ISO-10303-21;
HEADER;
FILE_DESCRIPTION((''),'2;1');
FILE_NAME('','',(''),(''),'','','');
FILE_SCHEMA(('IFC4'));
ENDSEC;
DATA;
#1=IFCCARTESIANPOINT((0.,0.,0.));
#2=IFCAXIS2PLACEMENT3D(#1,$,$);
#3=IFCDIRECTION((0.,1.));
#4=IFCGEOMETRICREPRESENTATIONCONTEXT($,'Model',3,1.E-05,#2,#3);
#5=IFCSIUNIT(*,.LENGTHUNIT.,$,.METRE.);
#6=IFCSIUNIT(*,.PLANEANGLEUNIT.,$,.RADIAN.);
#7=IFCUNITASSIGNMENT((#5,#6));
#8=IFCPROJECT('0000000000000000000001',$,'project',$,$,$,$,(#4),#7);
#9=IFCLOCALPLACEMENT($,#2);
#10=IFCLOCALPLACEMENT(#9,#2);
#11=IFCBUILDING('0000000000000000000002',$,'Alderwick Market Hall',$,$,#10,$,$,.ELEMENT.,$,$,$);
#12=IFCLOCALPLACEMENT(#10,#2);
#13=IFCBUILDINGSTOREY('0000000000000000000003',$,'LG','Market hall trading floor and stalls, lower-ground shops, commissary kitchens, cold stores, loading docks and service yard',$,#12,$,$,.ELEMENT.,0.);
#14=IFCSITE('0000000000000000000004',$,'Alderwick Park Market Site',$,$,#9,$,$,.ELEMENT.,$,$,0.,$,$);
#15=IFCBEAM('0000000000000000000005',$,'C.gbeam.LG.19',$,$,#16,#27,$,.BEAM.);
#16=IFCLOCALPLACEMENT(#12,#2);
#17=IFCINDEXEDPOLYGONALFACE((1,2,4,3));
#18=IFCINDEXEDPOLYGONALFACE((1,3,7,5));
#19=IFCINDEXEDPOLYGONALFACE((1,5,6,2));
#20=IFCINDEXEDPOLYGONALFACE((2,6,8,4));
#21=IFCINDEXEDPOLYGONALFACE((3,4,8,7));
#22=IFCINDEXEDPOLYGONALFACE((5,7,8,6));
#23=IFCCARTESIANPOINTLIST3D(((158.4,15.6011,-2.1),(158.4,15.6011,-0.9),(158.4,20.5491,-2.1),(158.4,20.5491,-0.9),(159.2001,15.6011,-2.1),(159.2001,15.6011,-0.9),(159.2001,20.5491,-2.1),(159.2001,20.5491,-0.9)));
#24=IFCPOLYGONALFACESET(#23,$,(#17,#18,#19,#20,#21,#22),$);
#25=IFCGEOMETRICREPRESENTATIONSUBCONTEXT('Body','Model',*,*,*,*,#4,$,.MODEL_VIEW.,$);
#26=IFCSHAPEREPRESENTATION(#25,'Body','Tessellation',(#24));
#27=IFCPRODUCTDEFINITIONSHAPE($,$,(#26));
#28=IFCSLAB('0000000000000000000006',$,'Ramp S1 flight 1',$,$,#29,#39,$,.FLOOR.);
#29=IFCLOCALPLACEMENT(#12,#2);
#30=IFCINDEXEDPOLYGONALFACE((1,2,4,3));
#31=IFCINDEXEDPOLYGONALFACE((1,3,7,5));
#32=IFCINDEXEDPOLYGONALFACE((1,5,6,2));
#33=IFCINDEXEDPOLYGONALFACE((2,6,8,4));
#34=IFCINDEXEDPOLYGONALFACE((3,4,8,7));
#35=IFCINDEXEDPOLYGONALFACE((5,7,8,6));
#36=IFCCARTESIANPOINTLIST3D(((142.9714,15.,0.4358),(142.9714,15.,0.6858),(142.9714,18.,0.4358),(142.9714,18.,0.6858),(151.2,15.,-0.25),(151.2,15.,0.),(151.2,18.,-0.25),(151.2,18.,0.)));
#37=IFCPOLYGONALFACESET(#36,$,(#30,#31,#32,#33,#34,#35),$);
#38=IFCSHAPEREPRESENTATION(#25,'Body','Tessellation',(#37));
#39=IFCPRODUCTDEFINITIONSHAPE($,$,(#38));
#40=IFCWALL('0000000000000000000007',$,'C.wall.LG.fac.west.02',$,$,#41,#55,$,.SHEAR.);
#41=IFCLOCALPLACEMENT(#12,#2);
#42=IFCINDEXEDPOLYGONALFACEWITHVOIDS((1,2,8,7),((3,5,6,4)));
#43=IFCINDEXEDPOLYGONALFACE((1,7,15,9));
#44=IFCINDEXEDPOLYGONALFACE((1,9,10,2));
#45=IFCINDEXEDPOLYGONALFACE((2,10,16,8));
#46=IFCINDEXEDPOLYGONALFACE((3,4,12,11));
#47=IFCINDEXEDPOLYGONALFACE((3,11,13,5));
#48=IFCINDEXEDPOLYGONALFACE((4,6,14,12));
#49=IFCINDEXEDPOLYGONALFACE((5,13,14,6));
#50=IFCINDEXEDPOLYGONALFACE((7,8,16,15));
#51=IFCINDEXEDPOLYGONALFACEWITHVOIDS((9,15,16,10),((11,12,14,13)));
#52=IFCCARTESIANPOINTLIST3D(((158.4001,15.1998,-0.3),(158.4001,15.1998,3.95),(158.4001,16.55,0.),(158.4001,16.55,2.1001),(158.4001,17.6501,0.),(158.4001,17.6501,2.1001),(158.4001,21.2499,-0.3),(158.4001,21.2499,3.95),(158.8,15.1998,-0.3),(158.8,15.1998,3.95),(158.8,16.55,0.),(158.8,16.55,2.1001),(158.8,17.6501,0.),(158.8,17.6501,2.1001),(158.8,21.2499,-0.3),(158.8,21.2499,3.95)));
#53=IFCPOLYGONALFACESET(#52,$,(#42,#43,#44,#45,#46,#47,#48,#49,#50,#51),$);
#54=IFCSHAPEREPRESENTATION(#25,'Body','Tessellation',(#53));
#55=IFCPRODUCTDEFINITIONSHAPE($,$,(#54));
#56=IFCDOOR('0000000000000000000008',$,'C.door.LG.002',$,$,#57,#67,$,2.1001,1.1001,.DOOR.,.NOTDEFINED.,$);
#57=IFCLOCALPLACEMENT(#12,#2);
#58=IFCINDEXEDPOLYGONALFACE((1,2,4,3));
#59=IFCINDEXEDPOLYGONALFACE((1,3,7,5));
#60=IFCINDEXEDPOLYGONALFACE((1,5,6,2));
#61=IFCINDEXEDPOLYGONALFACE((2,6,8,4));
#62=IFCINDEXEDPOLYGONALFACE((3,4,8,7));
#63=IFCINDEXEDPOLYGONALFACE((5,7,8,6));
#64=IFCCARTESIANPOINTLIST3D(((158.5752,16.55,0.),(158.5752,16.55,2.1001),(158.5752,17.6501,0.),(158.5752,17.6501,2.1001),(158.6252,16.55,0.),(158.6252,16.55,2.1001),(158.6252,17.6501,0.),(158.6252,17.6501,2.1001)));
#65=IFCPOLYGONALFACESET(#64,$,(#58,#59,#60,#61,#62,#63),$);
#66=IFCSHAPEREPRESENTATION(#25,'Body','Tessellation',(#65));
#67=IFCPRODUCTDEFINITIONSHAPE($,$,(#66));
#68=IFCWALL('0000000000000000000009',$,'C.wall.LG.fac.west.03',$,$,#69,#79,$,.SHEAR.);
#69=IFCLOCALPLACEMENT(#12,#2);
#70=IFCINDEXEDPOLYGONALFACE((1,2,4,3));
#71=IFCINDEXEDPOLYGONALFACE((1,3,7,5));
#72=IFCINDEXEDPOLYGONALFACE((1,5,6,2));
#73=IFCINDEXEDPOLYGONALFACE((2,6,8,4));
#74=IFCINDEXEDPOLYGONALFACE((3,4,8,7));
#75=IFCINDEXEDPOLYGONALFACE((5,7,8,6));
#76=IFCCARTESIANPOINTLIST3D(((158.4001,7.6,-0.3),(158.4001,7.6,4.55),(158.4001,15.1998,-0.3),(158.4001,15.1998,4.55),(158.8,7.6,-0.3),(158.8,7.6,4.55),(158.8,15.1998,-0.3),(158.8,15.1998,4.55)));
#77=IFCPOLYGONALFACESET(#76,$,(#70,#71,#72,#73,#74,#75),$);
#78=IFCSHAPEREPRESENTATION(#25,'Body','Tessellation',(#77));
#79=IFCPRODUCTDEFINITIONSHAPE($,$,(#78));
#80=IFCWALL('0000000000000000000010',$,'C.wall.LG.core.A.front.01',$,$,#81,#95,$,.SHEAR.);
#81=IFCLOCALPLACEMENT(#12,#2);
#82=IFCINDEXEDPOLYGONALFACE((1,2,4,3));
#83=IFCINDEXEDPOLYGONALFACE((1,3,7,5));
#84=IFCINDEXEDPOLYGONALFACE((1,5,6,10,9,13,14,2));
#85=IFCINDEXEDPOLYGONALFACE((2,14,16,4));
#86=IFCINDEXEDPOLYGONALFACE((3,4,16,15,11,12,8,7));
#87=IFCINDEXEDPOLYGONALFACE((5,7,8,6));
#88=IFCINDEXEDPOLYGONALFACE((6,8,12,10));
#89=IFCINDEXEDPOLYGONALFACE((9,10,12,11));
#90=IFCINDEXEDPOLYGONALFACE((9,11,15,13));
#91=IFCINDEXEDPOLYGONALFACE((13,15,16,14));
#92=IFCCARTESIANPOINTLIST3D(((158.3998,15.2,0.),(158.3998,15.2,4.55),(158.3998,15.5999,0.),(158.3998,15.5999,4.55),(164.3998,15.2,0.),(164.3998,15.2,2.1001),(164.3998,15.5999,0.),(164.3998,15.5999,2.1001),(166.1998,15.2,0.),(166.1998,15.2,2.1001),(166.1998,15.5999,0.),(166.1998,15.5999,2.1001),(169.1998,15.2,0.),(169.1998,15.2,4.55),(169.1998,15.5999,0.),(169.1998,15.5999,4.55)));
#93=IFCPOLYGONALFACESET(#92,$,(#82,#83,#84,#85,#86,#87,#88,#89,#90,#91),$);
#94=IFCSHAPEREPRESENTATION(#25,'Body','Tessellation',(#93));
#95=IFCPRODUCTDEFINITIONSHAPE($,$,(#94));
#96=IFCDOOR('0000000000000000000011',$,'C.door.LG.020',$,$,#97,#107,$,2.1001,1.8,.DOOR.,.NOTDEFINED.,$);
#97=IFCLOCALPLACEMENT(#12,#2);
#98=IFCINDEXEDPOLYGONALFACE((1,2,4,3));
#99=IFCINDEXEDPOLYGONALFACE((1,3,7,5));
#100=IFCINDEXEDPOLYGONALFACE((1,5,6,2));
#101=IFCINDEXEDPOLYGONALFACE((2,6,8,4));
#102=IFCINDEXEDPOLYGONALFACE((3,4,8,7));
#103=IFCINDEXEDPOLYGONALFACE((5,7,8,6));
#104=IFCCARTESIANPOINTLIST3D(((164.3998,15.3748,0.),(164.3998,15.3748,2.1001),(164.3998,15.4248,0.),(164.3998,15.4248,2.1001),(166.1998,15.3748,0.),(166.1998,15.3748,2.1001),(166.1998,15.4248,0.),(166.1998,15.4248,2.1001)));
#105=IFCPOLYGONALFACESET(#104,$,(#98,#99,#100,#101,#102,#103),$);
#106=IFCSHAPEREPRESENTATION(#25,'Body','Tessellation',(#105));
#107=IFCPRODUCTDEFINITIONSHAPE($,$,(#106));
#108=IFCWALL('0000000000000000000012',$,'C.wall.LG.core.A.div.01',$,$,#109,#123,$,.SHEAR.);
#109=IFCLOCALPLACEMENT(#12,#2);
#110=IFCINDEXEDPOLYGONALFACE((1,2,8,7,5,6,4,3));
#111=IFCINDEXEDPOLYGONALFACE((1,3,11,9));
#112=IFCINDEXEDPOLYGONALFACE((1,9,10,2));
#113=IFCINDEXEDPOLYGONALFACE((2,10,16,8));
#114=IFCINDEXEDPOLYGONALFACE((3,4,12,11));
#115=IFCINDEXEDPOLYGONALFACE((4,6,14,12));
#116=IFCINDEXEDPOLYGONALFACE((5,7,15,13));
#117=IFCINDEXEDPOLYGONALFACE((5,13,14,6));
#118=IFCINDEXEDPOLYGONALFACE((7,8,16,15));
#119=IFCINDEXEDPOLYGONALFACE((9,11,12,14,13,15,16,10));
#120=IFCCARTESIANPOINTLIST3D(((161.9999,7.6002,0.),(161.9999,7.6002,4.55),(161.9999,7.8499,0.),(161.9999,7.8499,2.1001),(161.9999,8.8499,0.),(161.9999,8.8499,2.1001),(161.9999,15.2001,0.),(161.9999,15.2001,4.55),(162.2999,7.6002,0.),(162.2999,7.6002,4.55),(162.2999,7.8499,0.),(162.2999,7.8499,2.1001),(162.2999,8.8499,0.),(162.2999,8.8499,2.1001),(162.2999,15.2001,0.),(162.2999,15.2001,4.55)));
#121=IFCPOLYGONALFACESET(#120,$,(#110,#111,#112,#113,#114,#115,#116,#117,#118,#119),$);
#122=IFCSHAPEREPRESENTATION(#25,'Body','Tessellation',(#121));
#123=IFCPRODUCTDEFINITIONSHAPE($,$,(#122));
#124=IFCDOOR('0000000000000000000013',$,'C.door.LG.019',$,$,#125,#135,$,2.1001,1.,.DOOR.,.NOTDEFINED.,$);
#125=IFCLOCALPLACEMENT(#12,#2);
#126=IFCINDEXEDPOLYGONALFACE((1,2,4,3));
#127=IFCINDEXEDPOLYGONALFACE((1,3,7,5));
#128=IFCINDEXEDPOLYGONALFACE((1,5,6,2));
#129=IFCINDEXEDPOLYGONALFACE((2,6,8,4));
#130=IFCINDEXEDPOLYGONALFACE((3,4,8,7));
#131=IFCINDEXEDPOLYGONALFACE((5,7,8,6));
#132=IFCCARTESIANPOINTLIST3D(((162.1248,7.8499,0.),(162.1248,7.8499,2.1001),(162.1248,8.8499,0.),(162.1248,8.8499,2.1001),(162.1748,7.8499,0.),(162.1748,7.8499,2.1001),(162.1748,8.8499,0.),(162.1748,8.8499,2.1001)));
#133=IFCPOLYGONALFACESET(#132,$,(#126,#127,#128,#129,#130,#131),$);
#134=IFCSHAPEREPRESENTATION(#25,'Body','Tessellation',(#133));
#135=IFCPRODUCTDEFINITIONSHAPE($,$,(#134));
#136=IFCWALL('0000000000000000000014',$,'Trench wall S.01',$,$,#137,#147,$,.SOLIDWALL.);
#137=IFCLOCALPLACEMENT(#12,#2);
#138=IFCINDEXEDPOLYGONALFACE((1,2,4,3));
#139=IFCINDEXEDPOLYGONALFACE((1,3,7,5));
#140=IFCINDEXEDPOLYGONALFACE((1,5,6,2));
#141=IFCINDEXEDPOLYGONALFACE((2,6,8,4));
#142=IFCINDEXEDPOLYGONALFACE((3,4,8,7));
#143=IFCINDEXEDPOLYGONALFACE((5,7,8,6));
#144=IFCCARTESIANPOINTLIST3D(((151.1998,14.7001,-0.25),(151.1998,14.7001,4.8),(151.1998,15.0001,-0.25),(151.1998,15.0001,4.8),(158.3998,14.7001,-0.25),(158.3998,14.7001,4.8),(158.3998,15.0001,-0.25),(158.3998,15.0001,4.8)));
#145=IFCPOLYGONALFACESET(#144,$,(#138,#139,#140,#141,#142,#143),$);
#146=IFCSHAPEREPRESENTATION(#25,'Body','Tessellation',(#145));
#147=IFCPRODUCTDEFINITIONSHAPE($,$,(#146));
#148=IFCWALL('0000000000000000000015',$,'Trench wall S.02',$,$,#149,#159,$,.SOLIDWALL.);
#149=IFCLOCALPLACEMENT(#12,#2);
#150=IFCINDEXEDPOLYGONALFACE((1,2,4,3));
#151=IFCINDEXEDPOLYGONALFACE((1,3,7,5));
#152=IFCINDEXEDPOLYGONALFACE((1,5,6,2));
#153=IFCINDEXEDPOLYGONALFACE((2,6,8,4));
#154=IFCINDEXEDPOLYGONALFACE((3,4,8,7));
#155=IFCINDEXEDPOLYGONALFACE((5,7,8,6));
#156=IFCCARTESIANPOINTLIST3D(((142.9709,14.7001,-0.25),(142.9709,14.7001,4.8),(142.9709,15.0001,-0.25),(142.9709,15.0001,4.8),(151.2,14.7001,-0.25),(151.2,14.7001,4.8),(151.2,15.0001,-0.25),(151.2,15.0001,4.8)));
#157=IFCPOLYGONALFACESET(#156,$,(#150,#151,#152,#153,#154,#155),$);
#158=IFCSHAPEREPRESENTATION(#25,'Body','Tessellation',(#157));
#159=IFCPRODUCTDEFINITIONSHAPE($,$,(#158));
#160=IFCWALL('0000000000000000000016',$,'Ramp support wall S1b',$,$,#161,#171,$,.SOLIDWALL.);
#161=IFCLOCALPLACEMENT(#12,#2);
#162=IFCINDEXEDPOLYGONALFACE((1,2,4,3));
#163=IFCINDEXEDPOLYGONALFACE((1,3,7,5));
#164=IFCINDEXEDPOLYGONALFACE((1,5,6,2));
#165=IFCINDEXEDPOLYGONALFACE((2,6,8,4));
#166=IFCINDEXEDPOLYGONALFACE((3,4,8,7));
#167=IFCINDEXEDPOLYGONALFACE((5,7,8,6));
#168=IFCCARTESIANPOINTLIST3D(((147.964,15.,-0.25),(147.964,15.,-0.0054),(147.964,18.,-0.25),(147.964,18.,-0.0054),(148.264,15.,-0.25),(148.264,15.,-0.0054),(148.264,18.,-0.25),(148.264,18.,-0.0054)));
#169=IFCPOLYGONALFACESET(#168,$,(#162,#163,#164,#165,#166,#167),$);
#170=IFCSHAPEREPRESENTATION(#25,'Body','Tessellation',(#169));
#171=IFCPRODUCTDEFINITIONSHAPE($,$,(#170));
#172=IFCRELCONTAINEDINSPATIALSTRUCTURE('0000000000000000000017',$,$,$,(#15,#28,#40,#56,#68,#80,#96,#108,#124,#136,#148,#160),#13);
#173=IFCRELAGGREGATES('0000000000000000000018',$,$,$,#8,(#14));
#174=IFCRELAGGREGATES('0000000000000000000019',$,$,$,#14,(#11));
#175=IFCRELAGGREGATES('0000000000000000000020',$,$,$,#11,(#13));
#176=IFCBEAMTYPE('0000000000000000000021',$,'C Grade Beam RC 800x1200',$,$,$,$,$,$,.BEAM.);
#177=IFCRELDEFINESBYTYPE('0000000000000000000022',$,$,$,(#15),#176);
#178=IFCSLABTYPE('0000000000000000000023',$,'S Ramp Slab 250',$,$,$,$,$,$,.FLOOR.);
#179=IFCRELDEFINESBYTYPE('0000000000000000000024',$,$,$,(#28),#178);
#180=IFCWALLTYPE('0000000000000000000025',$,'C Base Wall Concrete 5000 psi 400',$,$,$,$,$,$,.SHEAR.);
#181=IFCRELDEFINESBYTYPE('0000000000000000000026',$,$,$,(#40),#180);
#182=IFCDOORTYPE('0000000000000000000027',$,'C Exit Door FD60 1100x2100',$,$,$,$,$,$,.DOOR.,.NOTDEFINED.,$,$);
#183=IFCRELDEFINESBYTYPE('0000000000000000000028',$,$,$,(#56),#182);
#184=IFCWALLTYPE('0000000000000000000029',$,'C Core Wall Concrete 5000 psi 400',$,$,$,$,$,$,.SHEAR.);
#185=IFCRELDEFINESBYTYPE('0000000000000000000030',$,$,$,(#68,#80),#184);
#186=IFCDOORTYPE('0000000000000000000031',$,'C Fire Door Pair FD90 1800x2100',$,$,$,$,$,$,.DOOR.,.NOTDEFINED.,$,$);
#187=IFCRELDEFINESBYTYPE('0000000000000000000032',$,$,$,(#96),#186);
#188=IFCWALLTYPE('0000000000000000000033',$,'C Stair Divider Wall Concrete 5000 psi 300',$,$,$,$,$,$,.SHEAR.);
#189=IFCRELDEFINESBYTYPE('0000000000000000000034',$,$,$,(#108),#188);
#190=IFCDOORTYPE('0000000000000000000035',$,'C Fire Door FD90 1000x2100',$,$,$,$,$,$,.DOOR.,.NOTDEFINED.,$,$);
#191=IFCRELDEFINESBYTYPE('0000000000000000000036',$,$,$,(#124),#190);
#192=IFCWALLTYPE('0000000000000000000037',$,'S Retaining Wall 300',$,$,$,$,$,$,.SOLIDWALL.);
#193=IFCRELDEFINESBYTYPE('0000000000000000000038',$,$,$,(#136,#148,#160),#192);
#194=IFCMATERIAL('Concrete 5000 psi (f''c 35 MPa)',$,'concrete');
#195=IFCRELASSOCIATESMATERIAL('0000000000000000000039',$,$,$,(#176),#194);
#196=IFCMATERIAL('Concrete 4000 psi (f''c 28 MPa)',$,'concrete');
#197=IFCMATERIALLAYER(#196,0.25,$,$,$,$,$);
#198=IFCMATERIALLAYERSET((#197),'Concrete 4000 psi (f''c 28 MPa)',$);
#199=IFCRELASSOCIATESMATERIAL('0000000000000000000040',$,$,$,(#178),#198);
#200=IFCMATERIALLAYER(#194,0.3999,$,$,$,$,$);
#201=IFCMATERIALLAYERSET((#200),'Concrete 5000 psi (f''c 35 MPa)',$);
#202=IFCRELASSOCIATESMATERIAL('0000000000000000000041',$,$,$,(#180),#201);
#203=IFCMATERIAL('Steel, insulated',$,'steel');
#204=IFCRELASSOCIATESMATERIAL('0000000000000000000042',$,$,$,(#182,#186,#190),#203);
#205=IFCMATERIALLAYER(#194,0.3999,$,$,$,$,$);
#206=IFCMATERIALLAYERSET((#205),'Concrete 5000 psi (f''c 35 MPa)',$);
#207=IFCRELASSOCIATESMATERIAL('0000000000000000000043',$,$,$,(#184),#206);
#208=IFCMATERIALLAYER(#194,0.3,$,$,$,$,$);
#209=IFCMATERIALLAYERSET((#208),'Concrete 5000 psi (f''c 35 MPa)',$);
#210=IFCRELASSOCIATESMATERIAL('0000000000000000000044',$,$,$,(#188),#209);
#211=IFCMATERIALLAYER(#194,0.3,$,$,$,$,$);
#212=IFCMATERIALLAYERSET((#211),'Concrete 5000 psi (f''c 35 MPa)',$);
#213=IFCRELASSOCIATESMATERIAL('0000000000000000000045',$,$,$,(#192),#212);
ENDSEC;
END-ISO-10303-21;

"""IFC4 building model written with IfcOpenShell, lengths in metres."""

from ifc_helpers import new_model, si_unit, direction, frame, frame_2d, origin, origin_2d, place, context, subcontext, project, spatial, polyline, rectangle, outline, extrude, material, layer, layer_set, material_profile, profile_set, type_object, element, fill, save


model = new_model("IFC4")

# Units and contexts
model_context = context("Model", 3, precision=1e-05, world=origin(), true_north=direction((0.0, 1.0)))
body_context = subcontext(model_context, "Body", "Model", "MODEL_VIEW")
ifc_project = project(units=[si_unit("LENGTHUNIT", "METRE"), si_unit("PLANEANGLEUNIT", "RADIAN")], contexts=[model_context])

# Site, building, storey
site_placement = place(None, origin())
site = spatial("IfcSite", under=ifc_project, at=site_placement, Name="Alderwick Park Market Site", CompositionType="ELEMENT", RefElevation=0.0)
building_placement = place(site_placement, origin())
building = spatial("IfcBuilding", under=site, at=building_placement, Name="Alderwick Market Hall", CompositionType="ELEMENT")
storey_placement = place(building_placement, origin())
storey = spatial("IfcBuildingStorey", under=building, at=storey_placement, Name="LG", Description="Market hall trading floor and stalls, lower-ground shops, commissary kitchens, cold stores, loading docks and service yard", CompositionType="ELEMENT", Elevation=0.0)

# Beam
ifc_material_1 = material(Name="Concrete 5000 psi (f'c 35 MPa)", Category="concrete")
ifc_material_profile = material_profile(ifc_material_1, rectangle(XDim=0.8, YDim=1.2, at=origin_2d()), Name="RC 800x1200")
ifc_profile_set = profile_set([ifc_material_profile], Name="Concrete 5000 psi (f'c 35 MPa)")
beam_type = type_object("IfcBeamType", Name="C Grade Beam RC 800x1200", PredefinedType="BEAM", material=ifc_profile_set)
beam_placement = place(storey_placement, frame((158.8, 15.6011, -1.5), z_axis=(0.0, 1.0, 0.0), x_axis=(-1.0, 0.0, 0.0)))
element("IfcBeam", 1, at=beam_placement, inside=storey, type_object=beam_type, Name="C.gbeam.LG.19", PredefinedType="BEAM", context=body_context, shape_type="SweptSolid", body=[
    extrude(rectangle(XDim=0.8, YDim=1.2, at=origin_2d()), origin(), (0.0, 0.0, 1.0), 4.948),
])

# Slab
ifc_material_2 = material(Name="Concrete 4000 psi (f'c 28 MPa)", Category="concrete")
ifc_layer_1 = layer(ifc_material_2, 0.25)
ifc_layer_set_1 = layer_set([ifc_layer_1], Name="Concrete 4000 psi (f'c 28 MPa)")
slab_type = type_object("IfcSlabType", Name="S Ramp Slab 250", PredefinedType="FLOOR", material=ifc_layer_set_1)
slab_placement = place(storey_placement, frame((151.2, 16.5, 0.0), z_axis=(0.0, 0.0, 1.0), x_axis=(-1.0, 0.0, 0.0)))
element("IfcSlab", 2, at=slab_placement, inside=storey, type_object=slab_type, Name="Ramp S1 flight 1", PredefinedType="FLOOR", context=body_context, shape_type="SweptSolid", body=[
    extrude(outline(polyline([(0.0, 0.0), (8.2285, 0.6858), (8.2285, 0.4358), (0.0, -0.25), (0.0, 0.0)])), frame((0.0, 1.5, 0.0), z_axis=(0.0, -1.0, 0.0), x_axis=(1.0, 0.0, 0.0)), (0.0, 0.0, 1.0), 3.0),
])

# Wall, opening, door
ifc_layer_2 = layer(ifc_material_1, 0.3999)
ifc_layer_set_2 = layer_set([ifc_layer_2], Name="Concrete 5000 psi (f'c 35 MPa)")
wall_type_1 = type_object("IfcWallType", Name="C Base Wall Concrete 5000 psi 400", PredefinedType="SHEAR", material=ifc_layer_set_2)
wall_1_placement = place(storey_placement, frame((158.6001, 15.2, -0.3), z_axis=(0.0, 0.0, 1.0), x_axis=(0.0, 1.0, 0.0)))
wall_1 = element("IfcWall", 3, at=wall_1_placement, inside=storey, type_object=wall_type_1, Name="C.wall.LG.fac.west.02", PredefinedType="SHEAR", context=body_context, shape_type="SweptSolid", body=[
    extrude(rectangle(XDim=6.05, YDim=0.3999, at=frame_2d((3.0249, 0.0))), origin(), (0.0, 0.0, 1.0), 4.25),
])
opening_1_placement = place(wall_1_placement, frame((1.3501, 0.0, 0.3)))
opening_1 = element("IfcOpeningElement", 4, at=opening_1_placement, cuts=wall_1, PredefinedType="OPENING", context=body_context, shape_type="SweptSolid", body=[
    extrude(rectangle(XDim=1.1001, YDim=2.1001, at=frame_2d((0.55, 1.05))), frame((0.0, 0.21, 0.0), z_axis=(0.0, -1.0, 0.0), x_axis=(1.0, 0.0, 0.0)), (0.0, 0.0, 1.0), 0.4199),
])
ifc_material_3 = material(Name="Steel, insulated", Category="steel")
door_type_1 = type_object("IfcDoorType", Name="C Exit Door FD60 1100x2100", OperationType="NOTDEFINED", PredefinedType="DOOR", material=ifc_material_3)
door_1_placement = place(opening_1_placement, origin())
door_1 = element("IfcDoor", 5, at=door_1_placement, inside=storey, type_object=door_type_1, Name="C.door.LG.002", OperationType="NOTDEFINED", OverallHeight=2.1001, OverallWidth=1.1001, PredefinedType="DOOR", context=body_context, shape_type="SweptSolid", body=[
    extrude(rectangle(XDim=1.1001, YDim=2.1001, at=frame_2d((0.55, 1.05))), frame((0.0, 0.0249, 0.0), z_axis=(0.0, -1.0, 0.0), x_axis=(1.0, 0.0, 0.0)), (0.0, 0.0, 1.0), 0.05),
])
fill(opening_1, door_1)

# Wall
ifc_layer_3 = layer(ifc_material_1, 0.3999)
ifc_layer_set_3 = layer_set([ifc_layer_3], Name="Concrete 5000 psi (f'c 35 MPa)")
wall_type_2 = type_object("IfcWallType", Name="C Core Wall Concrete 5000 psi 400", PredefinedType="SHEAR", material=ifc_layer_set_3)
wall_2_placement = place(storey_placement, frame((158.6001, 7.6001, -0.3), z_axis=(0.0, 0.0, 1.0), x_axis=(0.0, 1.0, 0.0)))
element("IfcWall", 6, at=wall_2_placement, inside=storey, type_object=wall_type_2, Name="C.wall.LG.fac.west.03", PredefinedType="SHEAR", context=body_context, shape_type="SweptSolid", body=[
    extrude(rectangle(XDim=7.5999, YDim=0.3999, at=frame_2d((3.7998, 0.0))), origin(), (0.0, 0.0, 1.0), 4.8501),
])

# Walls, openings, doors
wall_3_placement = place(storey_placement, frame((158.3999, 15.3999, 0.0), z_axis=(0.0, 0.0, 1.0), x_axis=(1.0, 0.0, 0.0)))
wall_3 = element("IfcWall", 7, at=wall_3_placement, inside=storey, type_object=wall_type_2, Name="C.wall.LG.core.A.front.01", PredefinedType="SHEAR", context=body_context, shape_type="SweptSolid", body=[
    extrude(rectangle(XDim=10.8, YDim=0.3999, at=frame_2d((5.3999, 0.0))), origin(), (0.0, 0.0, 1.0), 4.55),
])
opening_2_placement = place(wall_3_placement, frame((6.0, 0.0, 0.0)))
opening_2 = element("IfcOpeningElement", 8, at=opening_2_placement, cuts=wall_3, PredefinedType="OPENING", context=body_context, shape_type="SweptSolid", body=[
    extrude(rectangle(XDim=1.8, YDim=2.1001, at=frame_2d((0.8999, 1.05))), frame((0.0, 0.21, 0.0), z_axis=(0.0, -1.0, 0.0), x_axis=(1.0, 0.0, 0.0)), (0.0, 0.0, 1.0), 0.4199),
])
door_type_2 = type_object("IfcDoorType", Name="C Fire Door Pair FD90 1800x2100", OperationType="NOTDEFINED", PredefinedType="DOOR", material=ifc_material_3)
door_2_placement = place(opening_2_placement, origin())
door_2 = element("IfcDoor", 9, at=door_2_placement, inside=storey, type_object=door_type_2, Name="C.door.LG.020", OperationType="NOTDEFINED", OverallHeight=2.1001, OverallWidth=1.8, PredefinedType="DOOR", context=body_context, shape_type="SweptSolid", body=[
    extrude(rectangle(XDim=1.8, YDim=2.1001, at=frame_2d((0.8999, 1.05))), frame((0.0, 0.0249, 0.0), z_axis=(0.0, -1.0, 0.0), x_axis=(1.0, 0.0, 0.0)), (0.0, 0.0, 1.0), 0.05),
])
fill(opening_2, door_2)
ifc_layer_4 = layer(ifc_material_1, 0.3)
ifc_layer_set_4 = layer_set([ifc_layer_4], Name="Concrete 5000 psi (f'c 35 MPa)")
wall_type_3 = type_object("IfcWallType", Name="C Stair Divider Wall Concrete 5000 psi 300", PredefinedType="SHEAR", material=ifc_layer_set_4)
wall_4_placement = place(storey_placement, frame((162.1499, 15.2, 0.0), z_axis=(0.0, 0.0, 1.0), x_axis=(0.0, -1.0, 0.0)))
wall_4 = element("IfcWall", 10, at=wall_4_placement, inside=storey, type_object=wall_type_3, Name="C.wall.LG.core.A.div.01", PredefinedType="SHEAR", context=body_context, shape_type="SweptSolid", body=[
    extrude(rectangle(XDim=7.5999, YDim=0.3, at=frame_2d((3.7998, 0.0))), origin(), (0.0, 0.0, 1.0), 4.55),
])
opening_3_placement = place(wall_4_placement, frame((6.3501, 0.0, 0.0)))
opening_3 = element("IfcOpeningElement", 11, at=opening_3_placement, cuts=wall_4, PredefinedType="OPENING", context=body_context, shape_type="SweptSolid", body=[
    extrude(rectangle(XDim=1.0, YDim=2.1001, at=frame_2d((0.5, 1.05))), frame((0.0, 0.1599, 0.0), z_axis=(0.0, -1.0, 0.0), x_axis=(1.0, 0.0, 0.0)), (0.0, 0.0, 1.0), 0.3201),
])
door_type_3 = type_object("IfcDoorType", Name="C Fire Door FD90 1000x2100", OperationType="NOTDEFINED", PredefinedType="DOOR", material=ifc_material_3)
door_3_placement = place(opening_3_placement, origin())
door_3 = element("IfcDoor", 12, at=door_3_placement, inside=storey, type_object=door_type_3, Name="C.door.LG.019", OperationType="NOTDEFINED", OverallHeight=2.1001, OverallWidth=1.0, PredefinedType="DOOR", context=body_context, shape_type="SweptSolid", body=[
    extrude(rectangle(XDim=1.0, YDim=2.1001, at=frame_2d((0.5, 1.05))), frame((0.0, 0.0249, 0.0), z_axis=(0.0, -1.0, 0.0), x_axis=(1.0, 0.0, 0.0)), (0.0, 0.0, 1.0), 0.05),
])
fill(opening_3, door_3)

# Walls
ifc_layer_5 = layer(ifc_material_1, 0.3)
ifc_layer_set_5 = layer_set([ifc_layer_5], Name="Concrete 5000 psi (f'c 35 MPa)")
wall_type_4 = type_object("IfcWallType", Name="S Retaining Wall 300", PredefinedType="SOLIDWALL", material=ifc_layer_set_5)
wall_5_placement = place(storey_placement, frame((158.3999, 14.8501, -0.25), z_axis=(0.0, 0.0, 1.0), x_axis=(-1.0, 0.0, 0.0)))
element("IfcWall", 13, at=wall_5_placement, inside=storey, type_object=wall_type_4, Name="Trench wall S.01", PredefinedType="SOLIDWALL", context=body_context, shape_type="SweptSolid", body=[
    extrude(rectangle(XDim=7.2, YDim=0.3, at=frame_2d((3.6001, 0.0))), origin(), (0.0, 0.0, 1.0), 5.05),
])
wall_6_placement = place(storey_placement, frame((151.2, 14.8501, -0.25), z_axis=(0.0, 0.0, 1.0), x_axis=(-1.0, 0.0, 0.0)))
element("IfcWall", 14, at=wall_6_placement, inside=storey, type_object=wall_type_4, Name="Trench wall S.02", PredefinedType="SOLIDWALL", context=body_context, shape_type="SweptSolid", body=[
    extrude(rectangle(XDim=8.229, YDim=0.3, at=frame_2d((4.1145, 0.0))), origin(), (0.0, 0.0, 1.0), 5.05),
])
wall_7_placement = place(storey_placement, frame((148.114, 15.0, -0.25), z_axis=(0.0, 0.0, 1.0), x_axis=(0.0, 1.0, 0.0)))
element("IfcWall", 15, at=wall_7_placement, inside=storey, type_object=wall_type_4, Name="Ramp support wall S1b", PredefinedType="SOLIDWALL", context=body_context, shape_type="SweptSolid", body=[
    extrude(rectangle(XDim=3.0, YDim=0.3, at=frame_2d((1.5, 0.0))), origin(), (0.0, 0.0, 1.0), 0.2446),
])

save(model, "model.ifc")
